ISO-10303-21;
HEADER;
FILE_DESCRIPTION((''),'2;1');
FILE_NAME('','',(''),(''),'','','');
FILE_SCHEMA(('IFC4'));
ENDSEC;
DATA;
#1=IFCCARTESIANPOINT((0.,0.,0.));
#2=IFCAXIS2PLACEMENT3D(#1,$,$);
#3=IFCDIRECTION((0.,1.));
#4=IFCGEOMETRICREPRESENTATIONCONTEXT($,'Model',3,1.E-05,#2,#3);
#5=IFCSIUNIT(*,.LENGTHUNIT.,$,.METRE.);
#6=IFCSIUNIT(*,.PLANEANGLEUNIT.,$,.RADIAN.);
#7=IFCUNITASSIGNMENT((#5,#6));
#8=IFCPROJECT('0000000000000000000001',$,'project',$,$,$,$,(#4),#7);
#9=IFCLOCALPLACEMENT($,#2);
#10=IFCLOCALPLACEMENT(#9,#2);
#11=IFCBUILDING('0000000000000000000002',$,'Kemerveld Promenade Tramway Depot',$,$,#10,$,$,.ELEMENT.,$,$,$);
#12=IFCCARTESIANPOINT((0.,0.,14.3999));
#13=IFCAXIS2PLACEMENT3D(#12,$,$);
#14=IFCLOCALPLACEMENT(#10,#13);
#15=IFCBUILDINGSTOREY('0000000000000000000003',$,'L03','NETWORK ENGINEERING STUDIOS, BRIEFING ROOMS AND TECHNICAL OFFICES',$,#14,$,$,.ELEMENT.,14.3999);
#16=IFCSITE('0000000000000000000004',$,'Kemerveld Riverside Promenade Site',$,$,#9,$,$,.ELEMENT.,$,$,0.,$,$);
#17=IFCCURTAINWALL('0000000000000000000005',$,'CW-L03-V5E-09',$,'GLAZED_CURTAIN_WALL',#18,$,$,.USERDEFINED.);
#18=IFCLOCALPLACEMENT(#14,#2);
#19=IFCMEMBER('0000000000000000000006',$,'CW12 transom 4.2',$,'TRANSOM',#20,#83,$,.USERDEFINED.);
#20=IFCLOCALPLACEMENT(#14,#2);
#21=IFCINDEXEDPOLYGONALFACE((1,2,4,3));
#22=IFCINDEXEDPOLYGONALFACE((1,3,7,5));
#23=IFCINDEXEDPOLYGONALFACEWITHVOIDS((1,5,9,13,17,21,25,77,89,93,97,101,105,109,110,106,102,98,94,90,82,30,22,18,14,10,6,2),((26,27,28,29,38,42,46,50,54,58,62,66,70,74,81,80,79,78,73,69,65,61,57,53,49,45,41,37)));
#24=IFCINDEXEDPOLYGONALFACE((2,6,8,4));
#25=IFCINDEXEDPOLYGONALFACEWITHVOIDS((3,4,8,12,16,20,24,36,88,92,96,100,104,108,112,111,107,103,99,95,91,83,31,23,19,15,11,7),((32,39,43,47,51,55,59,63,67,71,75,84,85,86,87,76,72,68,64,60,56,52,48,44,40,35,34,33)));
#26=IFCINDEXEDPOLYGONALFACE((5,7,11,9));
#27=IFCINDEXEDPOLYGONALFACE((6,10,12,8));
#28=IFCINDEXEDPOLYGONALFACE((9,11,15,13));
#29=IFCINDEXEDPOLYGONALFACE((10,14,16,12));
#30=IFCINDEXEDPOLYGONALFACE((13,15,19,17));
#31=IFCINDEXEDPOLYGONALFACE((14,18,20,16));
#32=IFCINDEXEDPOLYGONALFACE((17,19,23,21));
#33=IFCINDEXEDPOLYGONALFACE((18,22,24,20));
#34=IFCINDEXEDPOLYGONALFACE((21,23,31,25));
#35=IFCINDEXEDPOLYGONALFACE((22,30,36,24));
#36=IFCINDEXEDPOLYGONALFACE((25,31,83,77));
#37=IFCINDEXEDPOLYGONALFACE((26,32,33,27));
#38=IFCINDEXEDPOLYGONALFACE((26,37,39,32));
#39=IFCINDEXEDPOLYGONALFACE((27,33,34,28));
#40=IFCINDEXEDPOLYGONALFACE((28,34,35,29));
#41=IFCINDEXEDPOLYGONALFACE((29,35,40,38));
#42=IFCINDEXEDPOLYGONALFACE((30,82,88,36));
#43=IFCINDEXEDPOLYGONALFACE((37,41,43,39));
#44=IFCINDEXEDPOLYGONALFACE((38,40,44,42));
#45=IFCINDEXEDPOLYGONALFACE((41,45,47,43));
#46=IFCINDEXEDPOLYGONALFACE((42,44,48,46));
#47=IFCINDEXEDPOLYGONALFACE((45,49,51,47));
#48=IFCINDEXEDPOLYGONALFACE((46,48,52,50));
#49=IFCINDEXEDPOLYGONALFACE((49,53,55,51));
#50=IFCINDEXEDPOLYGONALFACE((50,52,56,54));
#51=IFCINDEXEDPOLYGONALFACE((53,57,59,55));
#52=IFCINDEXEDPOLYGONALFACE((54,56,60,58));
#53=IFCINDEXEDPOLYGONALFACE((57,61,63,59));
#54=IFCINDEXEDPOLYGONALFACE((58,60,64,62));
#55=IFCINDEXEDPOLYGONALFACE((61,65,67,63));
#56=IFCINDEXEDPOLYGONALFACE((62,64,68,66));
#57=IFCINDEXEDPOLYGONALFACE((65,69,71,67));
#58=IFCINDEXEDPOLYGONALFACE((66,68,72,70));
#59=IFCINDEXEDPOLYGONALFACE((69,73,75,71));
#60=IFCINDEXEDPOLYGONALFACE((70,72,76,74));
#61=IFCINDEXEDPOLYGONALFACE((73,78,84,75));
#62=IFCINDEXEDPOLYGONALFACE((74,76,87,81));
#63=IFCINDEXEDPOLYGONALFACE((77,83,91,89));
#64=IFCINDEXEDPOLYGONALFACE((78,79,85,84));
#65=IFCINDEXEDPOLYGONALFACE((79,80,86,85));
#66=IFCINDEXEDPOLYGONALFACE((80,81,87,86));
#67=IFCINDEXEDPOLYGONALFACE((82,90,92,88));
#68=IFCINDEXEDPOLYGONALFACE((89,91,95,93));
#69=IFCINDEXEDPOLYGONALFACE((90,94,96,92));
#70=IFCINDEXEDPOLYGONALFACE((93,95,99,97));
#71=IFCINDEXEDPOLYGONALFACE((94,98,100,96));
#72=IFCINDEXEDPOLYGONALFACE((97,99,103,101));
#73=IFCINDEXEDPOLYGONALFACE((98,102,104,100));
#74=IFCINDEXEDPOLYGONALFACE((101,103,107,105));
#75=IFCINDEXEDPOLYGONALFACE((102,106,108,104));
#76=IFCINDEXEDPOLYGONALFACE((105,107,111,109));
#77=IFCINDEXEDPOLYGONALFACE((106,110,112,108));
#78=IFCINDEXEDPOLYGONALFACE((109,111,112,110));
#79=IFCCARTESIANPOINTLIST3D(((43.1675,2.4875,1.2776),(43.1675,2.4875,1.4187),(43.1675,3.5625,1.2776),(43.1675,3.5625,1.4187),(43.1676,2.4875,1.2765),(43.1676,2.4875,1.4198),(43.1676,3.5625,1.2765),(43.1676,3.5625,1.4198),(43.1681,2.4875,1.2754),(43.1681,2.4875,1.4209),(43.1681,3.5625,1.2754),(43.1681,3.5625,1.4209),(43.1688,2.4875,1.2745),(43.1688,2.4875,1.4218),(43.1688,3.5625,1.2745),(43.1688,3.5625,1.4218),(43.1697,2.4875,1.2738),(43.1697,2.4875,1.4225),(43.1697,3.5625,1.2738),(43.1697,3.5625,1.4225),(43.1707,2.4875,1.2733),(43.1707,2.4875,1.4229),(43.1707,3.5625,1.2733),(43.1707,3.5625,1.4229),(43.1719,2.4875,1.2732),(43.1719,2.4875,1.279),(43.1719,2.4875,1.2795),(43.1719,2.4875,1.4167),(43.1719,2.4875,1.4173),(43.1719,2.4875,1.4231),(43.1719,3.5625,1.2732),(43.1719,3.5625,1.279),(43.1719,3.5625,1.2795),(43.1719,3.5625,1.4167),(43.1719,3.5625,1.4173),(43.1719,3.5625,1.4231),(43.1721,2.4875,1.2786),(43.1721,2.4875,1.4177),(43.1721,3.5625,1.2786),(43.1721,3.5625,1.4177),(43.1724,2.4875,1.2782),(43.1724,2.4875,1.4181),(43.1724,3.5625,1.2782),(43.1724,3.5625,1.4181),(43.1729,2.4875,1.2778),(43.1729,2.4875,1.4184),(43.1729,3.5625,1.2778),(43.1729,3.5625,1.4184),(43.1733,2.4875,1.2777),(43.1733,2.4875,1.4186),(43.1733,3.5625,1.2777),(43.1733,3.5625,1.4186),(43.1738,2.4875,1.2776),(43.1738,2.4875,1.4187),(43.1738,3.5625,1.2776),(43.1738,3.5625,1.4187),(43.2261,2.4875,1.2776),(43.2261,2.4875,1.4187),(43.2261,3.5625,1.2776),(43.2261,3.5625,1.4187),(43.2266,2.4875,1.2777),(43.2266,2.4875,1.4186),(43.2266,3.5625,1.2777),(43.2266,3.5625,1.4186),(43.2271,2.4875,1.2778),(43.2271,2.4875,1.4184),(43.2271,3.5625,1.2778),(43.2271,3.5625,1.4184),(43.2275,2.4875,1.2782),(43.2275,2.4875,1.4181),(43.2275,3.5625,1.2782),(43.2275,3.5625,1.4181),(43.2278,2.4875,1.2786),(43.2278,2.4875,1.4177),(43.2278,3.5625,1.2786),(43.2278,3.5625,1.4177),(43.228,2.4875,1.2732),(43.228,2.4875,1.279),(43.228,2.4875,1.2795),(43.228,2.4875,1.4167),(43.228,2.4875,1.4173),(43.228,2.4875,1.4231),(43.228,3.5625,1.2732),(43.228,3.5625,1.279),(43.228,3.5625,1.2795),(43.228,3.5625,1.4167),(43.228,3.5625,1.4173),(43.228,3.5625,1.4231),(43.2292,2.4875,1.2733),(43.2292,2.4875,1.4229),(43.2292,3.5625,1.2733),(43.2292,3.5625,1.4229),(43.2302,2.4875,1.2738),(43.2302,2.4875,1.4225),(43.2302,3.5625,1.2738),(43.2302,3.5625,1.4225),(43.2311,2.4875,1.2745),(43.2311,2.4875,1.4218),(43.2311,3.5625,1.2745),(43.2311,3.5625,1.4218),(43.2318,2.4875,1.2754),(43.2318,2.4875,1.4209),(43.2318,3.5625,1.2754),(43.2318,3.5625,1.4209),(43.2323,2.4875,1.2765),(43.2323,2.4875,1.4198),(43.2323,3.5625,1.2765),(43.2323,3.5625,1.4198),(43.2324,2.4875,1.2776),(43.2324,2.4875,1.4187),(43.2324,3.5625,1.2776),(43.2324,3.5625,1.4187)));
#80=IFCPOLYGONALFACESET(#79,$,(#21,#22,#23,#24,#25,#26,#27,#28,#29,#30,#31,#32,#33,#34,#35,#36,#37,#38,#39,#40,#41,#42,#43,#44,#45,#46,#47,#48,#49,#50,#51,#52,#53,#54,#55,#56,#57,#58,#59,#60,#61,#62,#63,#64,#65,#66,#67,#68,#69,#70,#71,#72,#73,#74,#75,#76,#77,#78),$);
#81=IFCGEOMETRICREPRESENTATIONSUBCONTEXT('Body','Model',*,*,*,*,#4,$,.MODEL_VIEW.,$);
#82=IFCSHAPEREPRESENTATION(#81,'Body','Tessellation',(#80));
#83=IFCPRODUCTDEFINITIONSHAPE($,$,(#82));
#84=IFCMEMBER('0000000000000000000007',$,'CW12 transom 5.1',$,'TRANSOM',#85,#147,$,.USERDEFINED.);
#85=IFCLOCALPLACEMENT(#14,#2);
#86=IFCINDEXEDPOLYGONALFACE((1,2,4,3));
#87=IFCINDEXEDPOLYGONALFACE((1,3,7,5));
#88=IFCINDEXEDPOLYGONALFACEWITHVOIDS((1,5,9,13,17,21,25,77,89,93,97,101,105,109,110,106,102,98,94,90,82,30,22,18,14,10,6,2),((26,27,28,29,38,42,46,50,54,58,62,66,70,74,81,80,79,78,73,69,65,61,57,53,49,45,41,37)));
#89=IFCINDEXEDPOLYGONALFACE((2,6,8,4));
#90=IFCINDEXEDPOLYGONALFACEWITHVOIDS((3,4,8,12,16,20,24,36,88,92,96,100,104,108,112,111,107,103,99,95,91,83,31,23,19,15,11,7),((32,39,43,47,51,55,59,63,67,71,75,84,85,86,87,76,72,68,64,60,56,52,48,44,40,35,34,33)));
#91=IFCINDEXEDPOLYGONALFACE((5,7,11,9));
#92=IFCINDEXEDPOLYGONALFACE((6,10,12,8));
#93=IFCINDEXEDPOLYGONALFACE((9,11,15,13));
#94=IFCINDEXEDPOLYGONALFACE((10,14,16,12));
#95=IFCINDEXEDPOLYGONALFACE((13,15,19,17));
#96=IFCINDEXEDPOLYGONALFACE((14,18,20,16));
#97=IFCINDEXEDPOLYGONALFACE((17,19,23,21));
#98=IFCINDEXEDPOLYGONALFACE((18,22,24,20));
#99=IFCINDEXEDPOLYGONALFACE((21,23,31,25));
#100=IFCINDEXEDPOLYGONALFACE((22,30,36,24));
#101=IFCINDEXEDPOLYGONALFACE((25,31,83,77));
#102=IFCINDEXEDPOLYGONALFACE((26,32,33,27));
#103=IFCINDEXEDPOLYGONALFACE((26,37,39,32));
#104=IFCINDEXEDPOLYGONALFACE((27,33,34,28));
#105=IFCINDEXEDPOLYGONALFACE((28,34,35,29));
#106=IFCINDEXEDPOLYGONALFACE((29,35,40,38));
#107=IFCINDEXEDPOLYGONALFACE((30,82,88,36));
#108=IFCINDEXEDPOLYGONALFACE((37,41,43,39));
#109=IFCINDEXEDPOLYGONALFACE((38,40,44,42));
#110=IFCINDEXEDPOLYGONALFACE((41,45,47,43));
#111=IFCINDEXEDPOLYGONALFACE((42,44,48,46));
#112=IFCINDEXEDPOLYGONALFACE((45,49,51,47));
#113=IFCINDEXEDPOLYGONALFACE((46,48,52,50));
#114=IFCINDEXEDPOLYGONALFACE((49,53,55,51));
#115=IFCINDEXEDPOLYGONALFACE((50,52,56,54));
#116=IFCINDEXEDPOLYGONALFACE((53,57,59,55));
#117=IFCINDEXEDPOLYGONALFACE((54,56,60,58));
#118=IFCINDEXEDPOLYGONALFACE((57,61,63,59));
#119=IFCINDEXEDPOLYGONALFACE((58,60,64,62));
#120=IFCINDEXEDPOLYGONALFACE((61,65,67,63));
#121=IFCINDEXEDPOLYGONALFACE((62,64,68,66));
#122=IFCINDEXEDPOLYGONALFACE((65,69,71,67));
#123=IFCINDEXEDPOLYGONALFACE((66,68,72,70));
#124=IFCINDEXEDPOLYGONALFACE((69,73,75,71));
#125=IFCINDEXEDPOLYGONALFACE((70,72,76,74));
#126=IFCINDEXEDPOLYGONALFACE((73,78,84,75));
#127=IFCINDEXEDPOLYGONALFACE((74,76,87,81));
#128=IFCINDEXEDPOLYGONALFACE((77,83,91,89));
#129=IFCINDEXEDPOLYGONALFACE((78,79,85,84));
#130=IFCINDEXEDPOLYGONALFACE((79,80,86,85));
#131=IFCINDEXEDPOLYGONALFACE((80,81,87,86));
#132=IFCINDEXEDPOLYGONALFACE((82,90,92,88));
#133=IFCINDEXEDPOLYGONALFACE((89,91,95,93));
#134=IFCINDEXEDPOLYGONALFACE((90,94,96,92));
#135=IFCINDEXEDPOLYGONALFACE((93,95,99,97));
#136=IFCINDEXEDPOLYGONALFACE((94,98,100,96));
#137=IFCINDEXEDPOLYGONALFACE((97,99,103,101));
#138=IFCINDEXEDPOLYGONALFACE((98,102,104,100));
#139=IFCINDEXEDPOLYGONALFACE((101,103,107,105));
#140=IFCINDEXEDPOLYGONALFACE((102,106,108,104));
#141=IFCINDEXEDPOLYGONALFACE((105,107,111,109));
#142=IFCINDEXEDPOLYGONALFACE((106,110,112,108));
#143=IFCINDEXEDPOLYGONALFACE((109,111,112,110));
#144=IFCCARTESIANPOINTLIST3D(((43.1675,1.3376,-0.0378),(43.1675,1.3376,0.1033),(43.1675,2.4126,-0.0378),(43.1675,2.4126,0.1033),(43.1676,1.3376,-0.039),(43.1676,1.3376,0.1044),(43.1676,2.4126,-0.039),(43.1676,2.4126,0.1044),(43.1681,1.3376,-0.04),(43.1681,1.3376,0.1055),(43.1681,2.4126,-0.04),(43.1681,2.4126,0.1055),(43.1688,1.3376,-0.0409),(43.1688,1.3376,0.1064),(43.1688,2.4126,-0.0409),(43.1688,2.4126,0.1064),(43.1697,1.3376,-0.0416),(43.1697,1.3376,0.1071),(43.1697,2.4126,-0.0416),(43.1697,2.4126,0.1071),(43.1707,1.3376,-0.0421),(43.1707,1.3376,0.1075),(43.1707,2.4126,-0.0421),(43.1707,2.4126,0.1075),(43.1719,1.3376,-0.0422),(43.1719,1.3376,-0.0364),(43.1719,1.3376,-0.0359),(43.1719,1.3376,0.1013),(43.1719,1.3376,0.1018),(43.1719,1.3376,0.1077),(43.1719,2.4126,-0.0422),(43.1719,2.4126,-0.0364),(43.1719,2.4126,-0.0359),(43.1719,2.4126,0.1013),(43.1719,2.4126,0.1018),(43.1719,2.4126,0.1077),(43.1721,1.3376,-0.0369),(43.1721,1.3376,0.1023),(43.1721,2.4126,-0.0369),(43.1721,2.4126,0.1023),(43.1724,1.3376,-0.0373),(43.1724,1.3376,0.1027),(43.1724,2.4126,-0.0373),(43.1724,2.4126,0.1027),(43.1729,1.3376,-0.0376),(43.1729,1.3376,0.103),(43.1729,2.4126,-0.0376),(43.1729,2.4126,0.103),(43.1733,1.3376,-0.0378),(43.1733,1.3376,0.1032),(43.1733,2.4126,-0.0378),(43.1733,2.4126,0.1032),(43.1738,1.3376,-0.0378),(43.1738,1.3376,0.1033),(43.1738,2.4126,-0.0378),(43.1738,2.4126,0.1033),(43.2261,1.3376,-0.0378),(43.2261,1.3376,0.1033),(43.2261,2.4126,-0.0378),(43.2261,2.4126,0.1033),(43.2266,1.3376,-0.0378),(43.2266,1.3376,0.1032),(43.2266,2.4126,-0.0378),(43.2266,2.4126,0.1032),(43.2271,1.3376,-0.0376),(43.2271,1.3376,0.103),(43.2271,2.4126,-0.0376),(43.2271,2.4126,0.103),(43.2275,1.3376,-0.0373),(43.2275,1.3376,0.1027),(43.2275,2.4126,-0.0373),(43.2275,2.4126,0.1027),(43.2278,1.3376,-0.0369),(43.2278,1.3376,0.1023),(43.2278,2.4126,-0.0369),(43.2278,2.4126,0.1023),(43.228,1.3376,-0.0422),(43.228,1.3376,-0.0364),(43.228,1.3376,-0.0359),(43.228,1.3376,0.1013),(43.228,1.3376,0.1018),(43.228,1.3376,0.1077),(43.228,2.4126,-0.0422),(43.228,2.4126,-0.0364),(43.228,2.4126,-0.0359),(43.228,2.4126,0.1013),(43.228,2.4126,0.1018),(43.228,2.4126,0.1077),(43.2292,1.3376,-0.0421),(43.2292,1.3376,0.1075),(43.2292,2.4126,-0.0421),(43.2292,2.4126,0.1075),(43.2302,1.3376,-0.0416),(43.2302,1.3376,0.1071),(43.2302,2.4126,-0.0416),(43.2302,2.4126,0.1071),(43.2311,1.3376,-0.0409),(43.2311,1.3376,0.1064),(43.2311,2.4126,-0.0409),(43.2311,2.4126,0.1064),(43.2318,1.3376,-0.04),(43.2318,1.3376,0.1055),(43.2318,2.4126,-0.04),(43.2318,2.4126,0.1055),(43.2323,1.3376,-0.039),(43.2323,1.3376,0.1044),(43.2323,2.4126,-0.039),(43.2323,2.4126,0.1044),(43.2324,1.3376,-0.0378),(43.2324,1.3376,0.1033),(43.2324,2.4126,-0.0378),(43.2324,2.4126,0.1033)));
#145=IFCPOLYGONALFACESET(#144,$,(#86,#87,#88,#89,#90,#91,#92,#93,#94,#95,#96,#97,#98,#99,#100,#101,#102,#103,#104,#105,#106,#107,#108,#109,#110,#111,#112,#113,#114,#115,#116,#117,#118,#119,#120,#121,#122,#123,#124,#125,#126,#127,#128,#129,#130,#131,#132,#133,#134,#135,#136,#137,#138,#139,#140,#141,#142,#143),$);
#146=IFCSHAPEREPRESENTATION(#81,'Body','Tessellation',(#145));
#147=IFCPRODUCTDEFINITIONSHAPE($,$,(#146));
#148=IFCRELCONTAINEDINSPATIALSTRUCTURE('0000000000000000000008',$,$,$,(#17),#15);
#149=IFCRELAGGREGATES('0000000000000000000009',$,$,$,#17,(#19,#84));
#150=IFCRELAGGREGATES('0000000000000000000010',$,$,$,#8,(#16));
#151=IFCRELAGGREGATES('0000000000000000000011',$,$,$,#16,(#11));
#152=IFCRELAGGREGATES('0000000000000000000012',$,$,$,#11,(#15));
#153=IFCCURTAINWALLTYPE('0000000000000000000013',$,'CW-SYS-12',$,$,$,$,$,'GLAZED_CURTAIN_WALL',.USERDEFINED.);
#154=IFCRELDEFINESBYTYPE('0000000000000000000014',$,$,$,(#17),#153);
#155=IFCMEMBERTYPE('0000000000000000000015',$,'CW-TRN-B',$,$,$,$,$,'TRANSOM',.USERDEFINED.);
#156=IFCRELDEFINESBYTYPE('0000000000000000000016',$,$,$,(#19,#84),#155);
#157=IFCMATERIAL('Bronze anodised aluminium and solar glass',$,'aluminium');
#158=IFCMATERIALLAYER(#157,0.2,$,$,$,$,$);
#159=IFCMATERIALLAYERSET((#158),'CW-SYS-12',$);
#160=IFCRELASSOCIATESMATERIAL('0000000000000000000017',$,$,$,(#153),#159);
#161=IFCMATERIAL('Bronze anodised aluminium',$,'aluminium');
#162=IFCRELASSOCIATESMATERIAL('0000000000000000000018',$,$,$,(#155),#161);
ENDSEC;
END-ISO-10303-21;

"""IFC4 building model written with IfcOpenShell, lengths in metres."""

from ifc_helpers import new_model, si_unit, direction, frame, origin, origin_2d, place, context, subcontext, project, spatial, hollow_rectangle, extrude, material, layer, layer_set, material_profile, profile_set, type_object, element, aggregate, save


model = new_model("IFC4")

# Units and contexts
model_context = context("Model", 3, precision=1e-05, world=origin(), true_north=direction((0.0, 1.0)))
body_context = subcontext(model_context, "Body", "Model", "MODEL_VIEW")
ifc_project = project(units=[si_unit("LENGTHUNIT", "METRE"), si_unit("PLANEANGLEUNIT", "RADIAN")], contexts=[model_context])

# Site, building, storey
site_placement = place(None, origin())
site = spatial("IfcSite", under=ifc_project, at=site_placement, Name="Kemerveld Riverside Promenade Site", CompositionType="ELEMENT", RefElevation=0.0)
building_placement = place(site_placement, origin())
building = spatial("IfcBuilding", under=site, at=building_placement, Name="Kemerveld Promenade Tramway Depot", CompositionType="ELEMENT")
storey_placement = place(building_placement, frame((0.0, 0.0, 14.3999)))
storey = spatial("IfcBuildingStorey", under=building, at=storey_placement, Name="L03", Description="NETWORK ENGINEERING STUDIOS, BRIEFING ROOMS AND TECHNICAL OFFICES", CompositionType="ELEMENT", Elevation=14.3999)

# Curtain wall, members
ifc_material_1 = material(Name="Bronze anodised aluminium and solar glass", Category="aluminium")
ifc_layer_1 = layer(ifc_material_1, 0.2)
ifc_layer_set_1 = layer_set([ifc_layer_1], Name="CW-SYS-12")
curtain_wall_type = type_object("IfcCurtainWallType", Name="CW-SYS-12", ElementType="GLAZED_CURTAIN_WALL", PredefinedType="USERDEFINED", material=ifc_layer_set_1)
curtain_wall_placement = place(storey_placement, origin())
curtain_wall = element("IfcCurtainWall", 1, at=curtain_wall_placement, inside=storey, type_object=curtain_wall_type, Name="CW-L03-V5E-09", ObjectType="GLAZED_CURTAIN_WALL", PredefinedType="USERDEFINED")
ifc_material_2 = material(Name="Bronze anodised aluminium", Category="aluminium")
ifc_material_profile_1 = material_profile(ifc_material_2, hollow_rectangle(XDim=0.0649, YDim=0.1499, WallThickness=0.0044, InnerFilletRadius=0.002, OuterFilletRadius=0.0044, at=origin_2d()), Name="CW-TRN-150x65")
ifc_profile_set_1 = profile_set([ifc_material_profile_1], Name="Bronze anodised aluminium")
member_type_1 = type_object("IfcMemberType", Name="CW-TRN-B", ElementType="TRANSOM", PredefinedType="USERDEFINED", material=ifc_profile_set_1)
member_1_placement = place(storey_placement, frame((43.2, 3.5625, 1.3481), z_axis=(0.0, -1.0, 0.0), x_axis=(1.0, 0.0, 0.0)))
member_1 = element("IfcMember", 2, at=member_1_placement, type_object=member_type_1, Name="CW12 transom 4.2", ObjectType="TRANSOM", PredefinedType="USERDEFINED", context=body_context, shape_type="SweptSolid", body=[
    extrude(hollow_rectangle(XDim=0.0649, YDim=0.1499, WallThickness=0.0044, InnerFilletRadius=0.002, OuterFilletRadius=0.0044, at=origin_2d()), origin(), (0.0, 0.0, 1.0), 1.075),
])
member_2_placement = place(storey_placement, frame((43.2, 2.4126, 0.0327), z_axis=(0.0, -1.0, 0.0), x_axis=(1.0, 0.0, 0.0)))
member_2 = element("IfcMember", 3, at=member_2_placement, type_object=member_type_1, Name="CW12 transom 5.1", ObjectType="TRANSOM", PredefinedType="USERDEFINED", context=body_context, shape_type="SweptSolid", body=[
    extrude(hollow_rectangle(XDim=0.0649, YDim=0.1499, WallThickness=0.0044, InnerFilletRadius=0.002, OuterFilletRadius=0.0044, at=origin_2d()), origin(), (0.0, 0.0, 1.0), 1.075),
])
aggregate(curtain_wall, [member_1, member_2])

save(model, "model.ifc")
